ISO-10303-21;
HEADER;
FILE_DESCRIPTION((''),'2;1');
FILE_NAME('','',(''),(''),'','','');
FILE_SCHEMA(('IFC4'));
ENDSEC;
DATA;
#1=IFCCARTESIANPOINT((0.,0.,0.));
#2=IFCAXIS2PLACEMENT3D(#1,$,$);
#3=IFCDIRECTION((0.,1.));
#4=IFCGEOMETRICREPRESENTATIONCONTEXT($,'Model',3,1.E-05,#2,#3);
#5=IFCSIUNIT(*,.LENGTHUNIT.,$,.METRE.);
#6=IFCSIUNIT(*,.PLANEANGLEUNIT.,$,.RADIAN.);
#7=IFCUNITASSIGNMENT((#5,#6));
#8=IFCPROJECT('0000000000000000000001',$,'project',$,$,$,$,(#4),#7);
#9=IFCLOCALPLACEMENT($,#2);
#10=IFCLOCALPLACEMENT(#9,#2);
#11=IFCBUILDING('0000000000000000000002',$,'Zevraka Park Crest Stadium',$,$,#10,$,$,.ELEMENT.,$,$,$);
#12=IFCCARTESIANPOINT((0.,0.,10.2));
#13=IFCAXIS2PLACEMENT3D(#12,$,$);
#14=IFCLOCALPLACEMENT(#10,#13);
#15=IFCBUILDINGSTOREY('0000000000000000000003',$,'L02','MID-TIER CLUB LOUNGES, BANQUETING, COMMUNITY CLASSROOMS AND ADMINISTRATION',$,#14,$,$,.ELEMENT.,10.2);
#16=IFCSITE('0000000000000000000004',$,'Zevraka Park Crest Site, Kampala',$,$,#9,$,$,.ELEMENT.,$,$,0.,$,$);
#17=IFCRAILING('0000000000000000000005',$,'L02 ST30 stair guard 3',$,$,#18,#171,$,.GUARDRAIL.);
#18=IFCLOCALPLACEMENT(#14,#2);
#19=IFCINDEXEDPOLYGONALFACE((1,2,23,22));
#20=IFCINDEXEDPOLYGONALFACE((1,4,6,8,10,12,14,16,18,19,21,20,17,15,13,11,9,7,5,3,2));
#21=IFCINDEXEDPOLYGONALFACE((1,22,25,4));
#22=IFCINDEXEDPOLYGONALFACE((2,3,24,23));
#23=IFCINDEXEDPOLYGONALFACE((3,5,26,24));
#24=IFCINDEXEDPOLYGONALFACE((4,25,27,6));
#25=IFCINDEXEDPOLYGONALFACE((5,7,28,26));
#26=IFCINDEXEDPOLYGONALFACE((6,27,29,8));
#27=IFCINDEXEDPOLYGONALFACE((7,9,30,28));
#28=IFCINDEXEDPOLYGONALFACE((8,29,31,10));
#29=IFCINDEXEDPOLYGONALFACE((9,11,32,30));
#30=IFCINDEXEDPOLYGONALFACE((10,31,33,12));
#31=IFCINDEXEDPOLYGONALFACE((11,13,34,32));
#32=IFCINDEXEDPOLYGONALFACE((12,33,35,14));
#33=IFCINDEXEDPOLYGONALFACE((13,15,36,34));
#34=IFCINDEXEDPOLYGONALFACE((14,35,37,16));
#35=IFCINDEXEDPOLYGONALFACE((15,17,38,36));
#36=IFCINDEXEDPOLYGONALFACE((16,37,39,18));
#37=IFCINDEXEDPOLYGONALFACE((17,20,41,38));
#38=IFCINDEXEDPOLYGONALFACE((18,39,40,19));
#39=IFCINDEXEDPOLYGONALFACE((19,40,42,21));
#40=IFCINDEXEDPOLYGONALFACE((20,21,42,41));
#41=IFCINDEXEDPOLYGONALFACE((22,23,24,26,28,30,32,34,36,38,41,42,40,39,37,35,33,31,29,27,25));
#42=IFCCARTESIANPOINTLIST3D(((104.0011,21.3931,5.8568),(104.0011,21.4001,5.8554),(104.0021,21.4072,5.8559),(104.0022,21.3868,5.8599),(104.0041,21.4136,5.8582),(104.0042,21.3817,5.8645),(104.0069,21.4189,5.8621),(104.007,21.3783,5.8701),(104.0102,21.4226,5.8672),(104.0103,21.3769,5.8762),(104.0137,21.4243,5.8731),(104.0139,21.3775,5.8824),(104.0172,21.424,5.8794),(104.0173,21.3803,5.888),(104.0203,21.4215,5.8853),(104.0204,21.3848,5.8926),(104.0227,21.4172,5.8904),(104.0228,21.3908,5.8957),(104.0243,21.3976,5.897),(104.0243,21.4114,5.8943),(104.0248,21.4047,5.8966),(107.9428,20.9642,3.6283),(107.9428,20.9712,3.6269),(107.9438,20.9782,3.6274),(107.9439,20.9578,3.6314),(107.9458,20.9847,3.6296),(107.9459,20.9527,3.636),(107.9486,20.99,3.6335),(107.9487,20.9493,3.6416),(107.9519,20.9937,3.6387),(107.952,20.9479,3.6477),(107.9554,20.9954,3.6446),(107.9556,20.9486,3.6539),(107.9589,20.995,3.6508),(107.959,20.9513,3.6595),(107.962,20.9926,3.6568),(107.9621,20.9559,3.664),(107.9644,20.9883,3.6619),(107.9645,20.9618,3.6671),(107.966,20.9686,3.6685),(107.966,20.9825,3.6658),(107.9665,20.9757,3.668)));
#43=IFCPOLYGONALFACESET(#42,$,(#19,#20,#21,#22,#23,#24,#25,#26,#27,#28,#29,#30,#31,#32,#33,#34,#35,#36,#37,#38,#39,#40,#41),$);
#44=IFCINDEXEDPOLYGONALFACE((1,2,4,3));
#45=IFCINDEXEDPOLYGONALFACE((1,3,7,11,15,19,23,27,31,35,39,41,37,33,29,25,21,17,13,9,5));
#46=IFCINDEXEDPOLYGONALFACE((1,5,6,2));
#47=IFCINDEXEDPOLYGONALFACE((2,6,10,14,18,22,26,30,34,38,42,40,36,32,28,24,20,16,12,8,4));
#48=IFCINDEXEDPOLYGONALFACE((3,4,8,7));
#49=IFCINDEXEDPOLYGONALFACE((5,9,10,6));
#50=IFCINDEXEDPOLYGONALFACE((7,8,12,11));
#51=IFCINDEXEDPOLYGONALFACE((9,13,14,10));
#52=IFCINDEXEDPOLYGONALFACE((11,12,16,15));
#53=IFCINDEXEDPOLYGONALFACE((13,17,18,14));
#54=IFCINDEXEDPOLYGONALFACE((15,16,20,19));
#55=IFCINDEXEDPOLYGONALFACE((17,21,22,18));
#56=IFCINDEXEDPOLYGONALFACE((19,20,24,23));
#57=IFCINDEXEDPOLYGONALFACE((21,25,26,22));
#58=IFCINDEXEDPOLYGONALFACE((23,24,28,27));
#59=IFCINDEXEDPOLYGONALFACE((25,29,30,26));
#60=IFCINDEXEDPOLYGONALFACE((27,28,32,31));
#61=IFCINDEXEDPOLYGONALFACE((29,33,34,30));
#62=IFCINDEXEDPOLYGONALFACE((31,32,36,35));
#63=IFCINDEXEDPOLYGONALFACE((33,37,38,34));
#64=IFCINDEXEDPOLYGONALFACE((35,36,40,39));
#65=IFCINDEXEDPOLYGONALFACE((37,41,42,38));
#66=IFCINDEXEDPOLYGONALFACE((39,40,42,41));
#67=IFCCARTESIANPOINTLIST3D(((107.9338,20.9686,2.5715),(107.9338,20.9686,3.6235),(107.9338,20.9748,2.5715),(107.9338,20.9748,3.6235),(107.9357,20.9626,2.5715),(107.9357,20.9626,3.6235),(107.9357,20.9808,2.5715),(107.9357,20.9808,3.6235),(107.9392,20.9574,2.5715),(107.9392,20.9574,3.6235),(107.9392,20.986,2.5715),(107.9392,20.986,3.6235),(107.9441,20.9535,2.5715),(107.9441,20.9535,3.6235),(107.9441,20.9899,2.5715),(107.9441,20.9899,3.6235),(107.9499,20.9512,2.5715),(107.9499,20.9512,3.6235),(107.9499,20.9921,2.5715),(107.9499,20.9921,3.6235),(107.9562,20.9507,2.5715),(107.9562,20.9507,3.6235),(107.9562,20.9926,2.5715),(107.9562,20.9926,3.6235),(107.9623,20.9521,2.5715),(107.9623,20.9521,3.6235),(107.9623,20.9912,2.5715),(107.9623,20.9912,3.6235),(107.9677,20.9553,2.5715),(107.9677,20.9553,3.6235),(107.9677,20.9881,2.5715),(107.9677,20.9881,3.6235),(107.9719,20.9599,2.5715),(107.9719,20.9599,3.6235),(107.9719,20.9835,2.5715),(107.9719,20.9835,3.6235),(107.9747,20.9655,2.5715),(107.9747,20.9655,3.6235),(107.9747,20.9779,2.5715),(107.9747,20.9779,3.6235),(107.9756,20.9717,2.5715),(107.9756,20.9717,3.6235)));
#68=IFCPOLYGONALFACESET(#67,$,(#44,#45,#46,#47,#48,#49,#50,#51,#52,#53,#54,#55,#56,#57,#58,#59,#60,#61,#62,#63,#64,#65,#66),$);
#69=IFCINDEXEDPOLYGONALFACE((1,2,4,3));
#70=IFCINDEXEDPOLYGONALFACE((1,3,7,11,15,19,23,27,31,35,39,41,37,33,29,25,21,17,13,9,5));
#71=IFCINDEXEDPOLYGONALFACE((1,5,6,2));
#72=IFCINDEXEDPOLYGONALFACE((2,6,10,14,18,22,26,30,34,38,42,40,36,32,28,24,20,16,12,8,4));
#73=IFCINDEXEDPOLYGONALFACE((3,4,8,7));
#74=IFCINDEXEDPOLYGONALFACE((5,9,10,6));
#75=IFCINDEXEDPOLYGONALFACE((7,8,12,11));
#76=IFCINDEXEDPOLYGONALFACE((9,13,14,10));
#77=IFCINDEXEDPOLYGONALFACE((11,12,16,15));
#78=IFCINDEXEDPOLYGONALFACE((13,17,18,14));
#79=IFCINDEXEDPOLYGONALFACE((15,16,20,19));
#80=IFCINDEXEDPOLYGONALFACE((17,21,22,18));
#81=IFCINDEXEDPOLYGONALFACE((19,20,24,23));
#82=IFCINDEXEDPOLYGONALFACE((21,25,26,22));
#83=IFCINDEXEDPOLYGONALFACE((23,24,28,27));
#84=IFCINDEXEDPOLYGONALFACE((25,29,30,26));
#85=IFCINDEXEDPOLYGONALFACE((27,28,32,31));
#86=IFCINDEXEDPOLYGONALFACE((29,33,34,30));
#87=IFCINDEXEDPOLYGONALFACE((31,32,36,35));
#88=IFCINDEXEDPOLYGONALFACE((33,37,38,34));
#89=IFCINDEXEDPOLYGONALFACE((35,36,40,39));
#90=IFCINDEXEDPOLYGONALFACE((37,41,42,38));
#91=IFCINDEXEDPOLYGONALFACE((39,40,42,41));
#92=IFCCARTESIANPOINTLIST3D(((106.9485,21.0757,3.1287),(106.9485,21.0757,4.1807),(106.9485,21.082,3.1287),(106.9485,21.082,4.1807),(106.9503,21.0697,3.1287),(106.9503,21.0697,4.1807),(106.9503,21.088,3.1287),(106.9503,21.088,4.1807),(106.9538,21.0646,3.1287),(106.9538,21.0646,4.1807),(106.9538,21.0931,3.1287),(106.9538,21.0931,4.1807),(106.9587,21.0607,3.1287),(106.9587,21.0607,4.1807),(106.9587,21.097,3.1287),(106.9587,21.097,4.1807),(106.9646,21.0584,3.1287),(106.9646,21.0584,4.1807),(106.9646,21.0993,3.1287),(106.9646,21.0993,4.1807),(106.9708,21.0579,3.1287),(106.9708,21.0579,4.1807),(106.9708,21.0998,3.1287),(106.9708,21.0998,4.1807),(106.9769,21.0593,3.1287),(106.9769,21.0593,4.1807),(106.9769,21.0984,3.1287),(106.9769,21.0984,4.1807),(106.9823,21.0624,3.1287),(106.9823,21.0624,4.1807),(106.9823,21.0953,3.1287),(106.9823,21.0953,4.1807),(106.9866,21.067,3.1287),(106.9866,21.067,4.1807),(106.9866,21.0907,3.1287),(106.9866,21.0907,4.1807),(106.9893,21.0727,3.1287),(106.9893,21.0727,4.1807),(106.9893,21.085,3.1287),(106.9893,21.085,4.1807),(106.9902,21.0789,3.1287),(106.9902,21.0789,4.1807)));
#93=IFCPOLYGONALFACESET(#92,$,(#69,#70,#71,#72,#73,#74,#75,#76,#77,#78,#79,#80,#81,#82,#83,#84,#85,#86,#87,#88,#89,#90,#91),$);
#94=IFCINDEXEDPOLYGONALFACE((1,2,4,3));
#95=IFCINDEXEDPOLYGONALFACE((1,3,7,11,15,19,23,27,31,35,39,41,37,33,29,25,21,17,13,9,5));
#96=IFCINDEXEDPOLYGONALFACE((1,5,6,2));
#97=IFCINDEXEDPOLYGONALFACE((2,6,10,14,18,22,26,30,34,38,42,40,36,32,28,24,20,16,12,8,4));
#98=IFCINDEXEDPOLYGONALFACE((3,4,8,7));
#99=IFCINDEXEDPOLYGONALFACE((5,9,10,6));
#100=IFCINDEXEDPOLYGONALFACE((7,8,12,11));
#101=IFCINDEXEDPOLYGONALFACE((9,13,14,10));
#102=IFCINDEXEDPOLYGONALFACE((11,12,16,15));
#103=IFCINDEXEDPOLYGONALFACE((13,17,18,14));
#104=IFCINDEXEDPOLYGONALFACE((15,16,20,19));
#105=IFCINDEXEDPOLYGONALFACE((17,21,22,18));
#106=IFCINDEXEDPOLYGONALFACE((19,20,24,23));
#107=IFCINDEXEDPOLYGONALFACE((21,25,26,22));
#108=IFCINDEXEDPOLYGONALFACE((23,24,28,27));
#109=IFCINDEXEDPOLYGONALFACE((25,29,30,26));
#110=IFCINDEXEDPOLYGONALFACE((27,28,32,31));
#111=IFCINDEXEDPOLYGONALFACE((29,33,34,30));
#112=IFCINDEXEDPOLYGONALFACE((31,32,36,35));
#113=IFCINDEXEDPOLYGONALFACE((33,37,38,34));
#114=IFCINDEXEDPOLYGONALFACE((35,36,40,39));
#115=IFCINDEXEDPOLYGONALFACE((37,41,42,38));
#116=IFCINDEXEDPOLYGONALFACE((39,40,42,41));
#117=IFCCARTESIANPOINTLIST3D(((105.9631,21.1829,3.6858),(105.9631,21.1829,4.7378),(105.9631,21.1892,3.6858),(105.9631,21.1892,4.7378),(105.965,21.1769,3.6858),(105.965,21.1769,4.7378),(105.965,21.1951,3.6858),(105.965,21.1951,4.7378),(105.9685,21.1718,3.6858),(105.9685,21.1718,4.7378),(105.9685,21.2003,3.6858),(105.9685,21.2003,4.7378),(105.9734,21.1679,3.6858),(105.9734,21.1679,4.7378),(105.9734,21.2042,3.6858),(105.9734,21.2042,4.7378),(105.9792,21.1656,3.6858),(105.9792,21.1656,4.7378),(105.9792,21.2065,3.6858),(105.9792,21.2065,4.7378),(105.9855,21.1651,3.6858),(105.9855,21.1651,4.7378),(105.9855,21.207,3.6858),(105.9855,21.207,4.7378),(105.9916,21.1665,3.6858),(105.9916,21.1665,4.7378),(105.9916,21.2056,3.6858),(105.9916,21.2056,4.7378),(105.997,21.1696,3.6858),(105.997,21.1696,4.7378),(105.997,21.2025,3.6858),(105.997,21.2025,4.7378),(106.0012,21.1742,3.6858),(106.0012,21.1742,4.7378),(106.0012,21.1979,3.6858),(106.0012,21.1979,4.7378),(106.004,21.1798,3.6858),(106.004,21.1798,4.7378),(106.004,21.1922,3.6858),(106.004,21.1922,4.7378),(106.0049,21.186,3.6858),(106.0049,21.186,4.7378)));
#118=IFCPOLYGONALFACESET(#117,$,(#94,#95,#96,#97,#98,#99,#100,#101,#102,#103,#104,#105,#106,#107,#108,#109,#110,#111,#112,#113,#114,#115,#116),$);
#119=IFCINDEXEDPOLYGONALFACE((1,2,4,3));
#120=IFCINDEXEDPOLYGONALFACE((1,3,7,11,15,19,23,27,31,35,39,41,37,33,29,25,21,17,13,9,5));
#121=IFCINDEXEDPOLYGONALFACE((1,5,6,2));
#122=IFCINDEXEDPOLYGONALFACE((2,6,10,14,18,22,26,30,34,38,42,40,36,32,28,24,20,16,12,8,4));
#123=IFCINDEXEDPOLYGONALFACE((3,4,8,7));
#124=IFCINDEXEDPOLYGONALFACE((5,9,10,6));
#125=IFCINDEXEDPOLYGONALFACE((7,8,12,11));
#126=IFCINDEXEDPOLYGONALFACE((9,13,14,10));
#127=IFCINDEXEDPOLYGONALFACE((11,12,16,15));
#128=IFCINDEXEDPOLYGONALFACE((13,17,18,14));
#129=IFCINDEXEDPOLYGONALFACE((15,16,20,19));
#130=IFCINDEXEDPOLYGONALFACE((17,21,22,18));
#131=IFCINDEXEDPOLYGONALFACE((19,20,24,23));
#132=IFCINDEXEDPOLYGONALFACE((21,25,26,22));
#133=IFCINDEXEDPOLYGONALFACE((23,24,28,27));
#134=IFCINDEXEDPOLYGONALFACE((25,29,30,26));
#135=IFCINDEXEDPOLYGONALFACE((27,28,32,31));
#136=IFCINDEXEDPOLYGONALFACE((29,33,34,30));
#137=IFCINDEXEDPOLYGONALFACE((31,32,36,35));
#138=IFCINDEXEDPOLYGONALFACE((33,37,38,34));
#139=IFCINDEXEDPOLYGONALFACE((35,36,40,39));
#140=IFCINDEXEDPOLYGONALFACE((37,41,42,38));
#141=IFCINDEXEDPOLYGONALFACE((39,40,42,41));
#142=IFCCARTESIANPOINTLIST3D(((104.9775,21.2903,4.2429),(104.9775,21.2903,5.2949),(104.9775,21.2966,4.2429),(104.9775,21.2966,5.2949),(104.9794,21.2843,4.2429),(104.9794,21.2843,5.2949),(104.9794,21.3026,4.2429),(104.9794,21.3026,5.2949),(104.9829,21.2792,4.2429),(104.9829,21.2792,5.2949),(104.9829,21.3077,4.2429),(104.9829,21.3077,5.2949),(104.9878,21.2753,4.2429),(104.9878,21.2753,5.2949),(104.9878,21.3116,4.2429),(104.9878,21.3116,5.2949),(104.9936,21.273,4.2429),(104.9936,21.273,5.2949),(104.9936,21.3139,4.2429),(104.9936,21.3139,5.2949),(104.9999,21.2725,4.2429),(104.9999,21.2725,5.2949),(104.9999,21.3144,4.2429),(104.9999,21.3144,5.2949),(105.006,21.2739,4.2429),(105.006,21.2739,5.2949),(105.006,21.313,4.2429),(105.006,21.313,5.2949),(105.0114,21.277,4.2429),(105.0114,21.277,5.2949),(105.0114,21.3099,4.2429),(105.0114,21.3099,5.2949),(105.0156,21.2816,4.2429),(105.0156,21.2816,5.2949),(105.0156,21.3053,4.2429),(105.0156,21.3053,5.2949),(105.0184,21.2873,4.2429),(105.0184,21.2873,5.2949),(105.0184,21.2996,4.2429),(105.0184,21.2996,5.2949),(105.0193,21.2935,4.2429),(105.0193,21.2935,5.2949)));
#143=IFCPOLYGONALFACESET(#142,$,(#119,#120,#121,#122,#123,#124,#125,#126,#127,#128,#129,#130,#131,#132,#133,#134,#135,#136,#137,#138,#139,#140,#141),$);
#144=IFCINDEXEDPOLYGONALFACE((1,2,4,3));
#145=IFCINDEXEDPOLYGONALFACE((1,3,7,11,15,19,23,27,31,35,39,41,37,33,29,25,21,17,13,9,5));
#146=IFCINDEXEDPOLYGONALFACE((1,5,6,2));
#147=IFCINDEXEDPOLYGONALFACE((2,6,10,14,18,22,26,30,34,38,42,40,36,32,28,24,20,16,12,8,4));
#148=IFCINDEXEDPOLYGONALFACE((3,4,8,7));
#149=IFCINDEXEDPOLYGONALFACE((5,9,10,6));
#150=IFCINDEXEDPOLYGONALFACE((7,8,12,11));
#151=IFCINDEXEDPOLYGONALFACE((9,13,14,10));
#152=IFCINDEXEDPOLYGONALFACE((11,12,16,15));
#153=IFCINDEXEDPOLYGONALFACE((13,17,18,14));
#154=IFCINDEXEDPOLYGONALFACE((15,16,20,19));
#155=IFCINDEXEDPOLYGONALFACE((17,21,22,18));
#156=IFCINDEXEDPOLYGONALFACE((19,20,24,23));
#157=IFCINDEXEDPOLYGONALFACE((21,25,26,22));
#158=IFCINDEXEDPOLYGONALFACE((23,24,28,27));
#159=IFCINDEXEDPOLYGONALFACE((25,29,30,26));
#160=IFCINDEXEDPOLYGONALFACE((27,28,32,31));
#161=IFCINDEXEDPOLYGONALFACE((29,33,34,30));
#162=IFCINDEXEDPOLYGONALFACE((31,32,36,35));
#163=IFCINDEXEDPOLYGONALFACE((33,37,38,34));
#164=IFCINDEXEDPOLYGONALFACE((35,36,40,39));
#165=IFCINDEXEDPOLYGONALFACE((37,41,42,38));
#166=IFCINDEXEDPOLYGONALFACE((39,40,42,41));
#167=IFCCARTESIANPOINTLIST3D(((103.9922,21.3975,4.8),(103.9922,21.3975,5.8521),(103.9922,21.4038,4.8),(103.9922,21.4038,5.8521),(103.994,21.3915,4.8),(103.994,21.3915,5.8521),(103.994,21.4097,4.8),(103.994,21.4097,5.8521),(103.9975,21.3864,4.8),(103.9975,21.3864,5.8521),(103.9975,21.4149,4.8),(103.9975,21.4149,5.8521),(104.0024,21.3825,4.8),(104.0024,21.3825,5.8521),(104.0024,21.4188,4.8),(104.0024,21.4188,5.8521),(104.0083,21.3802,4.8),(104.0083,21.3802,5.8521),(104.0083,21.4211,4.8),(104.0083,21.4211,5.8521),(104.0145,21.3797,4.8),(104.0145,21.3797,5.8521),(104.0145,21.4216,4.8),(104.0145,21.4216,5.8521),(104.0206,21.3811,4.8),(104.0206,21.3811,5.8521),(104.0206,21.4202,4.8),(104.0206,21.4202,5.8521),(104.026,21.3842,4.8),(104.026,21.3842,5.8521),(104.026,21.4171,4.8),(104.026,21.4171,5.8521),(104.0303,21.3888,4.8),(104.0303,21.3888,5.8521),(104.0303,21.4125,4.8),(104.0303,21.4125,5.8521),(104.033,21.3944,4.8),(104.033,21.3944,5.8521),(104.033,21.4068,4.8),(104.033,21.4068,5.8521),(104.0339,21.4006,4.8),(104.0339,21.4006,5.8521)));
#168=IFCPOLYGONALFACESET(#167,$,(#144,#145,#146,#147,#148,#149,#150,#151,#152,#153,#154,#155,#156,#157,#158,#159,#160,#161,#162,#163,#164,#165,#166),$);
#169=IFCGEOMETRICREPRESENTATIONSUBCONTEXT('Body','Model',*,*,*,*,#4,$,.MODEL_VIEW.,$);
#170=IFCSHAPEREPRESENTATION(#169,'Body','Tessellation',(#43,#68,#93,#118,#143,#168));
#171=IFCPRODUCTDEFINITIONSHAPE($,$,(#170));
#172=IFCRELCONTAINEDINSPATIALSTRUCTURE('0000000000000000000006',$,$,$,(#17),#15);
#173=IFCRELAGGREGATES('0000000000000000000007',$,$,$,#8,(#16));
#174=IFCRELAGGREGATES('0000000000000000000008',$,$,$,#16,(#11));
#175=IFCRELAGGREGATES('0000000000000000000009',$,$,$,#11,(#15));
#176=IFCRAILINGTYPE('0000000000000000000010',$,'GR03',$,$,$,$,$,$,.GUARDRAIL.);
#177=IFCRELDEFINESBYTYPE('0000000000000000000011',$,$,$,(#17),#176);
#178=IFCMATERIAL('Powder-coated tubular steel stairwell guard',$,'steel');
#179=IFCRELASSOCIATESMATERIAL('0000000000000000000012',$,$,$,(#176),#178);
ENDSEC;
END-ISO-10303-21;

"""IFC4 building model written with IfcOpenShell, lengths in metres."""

from ifc_helpers import new_model, si_unit, direction, frame, origin, origin_2d, place, context, subcontext, project, spatial, circle, extrude, material, type_object, element, save


model = new_model("IFC4")

# Units and contexts
model_context = context("Model", 3, precision=1e-05, world=origin(), true_north=direction((0.0, 1.0)))
body_context = subcontext(model_context, "Body", "Model", "MODEL_VIEW")
ifc_project = project(units=[si_unit("LENGTHUNIT", "METRE"), si_unit("PLANEANGLEUNIT", "RADIAN")], contexts=[model_context])

# Site, building, storey
site_placement = place(None, origin())
site = spatial("IfcSite", under=ifc_project, at=site_placement, Name="Zevraka Park Crest Site, Kampala", CompositionType="ELEMENT", RefElevation=0.0)
building_placement = place(site_placement, origin())
building = spatial("IfcBuilding", under=site, at=building_placement, Name="Zevraka Park Crest Stadium", CompositionType="ELEMENT")
storey_placement = place(building_placement, frame((0.0, 0.0, 10.2)))
storey = spatial("IfcBuildingStorey", under=building, at=storey_placement, Name="L02", Description="MID-TIER CLUB LOUNGES, BANQUETING, COMMUNITY CLASSROOMS AND ADMINISTRATION", CompositionType="ELEMENT", Elevation=10.2)

# Railing
ifc_material_1 = material(Name="Powder-coated tubular steel stairwell guard", Category="steel")
railing_type_1 = type_object("IfcRailingType", Name="GR03", PredefinedType="GUARDRAIL", material=ifc_material_1)
railing_1_placement = place(storey_placement, frame((107.9546, 20.9717, 2.5715)))
element("IfcRailing", 1, at=railing_1_placement, inside=storey, type_object=railing_type_1, Name="L02 ST30 stair guard 3", PredefinedType="GUARDRAIL", context=body_context, shape_type="SweptSolid", body=[
    extrude(circle(Radius=0.0239, at=origin_2d()), frame((0.0, 0.0, 1.0762), z_axis=(-0.866624, 0.094311, 0.489968), x_axis=(-0.108188, -0.994131, 0.0)), (0.0, 0.0, 1.0), 4.5483),
    extrude(circle(Radius=0.021, at=origin_2d()), origin(), (0.0, 0.0, 1.0), 1.052),
    extrude(circle(Radius=0.021, at=origin_2d()), frame((-0.9854, 0.1072, 0.5571)), (0.0, 0.0, 1.0), 1.052),
    extrude(circle(Radius=0.021, at=origin_2d()), frame((-1.9707, 0.2144, 1.1143)), (0.0, 0.0, 1.0), 1.052),
    extrude(circle(Radius=0.021, at=origin_2d()), frame((-2.9563, 0.3218, 1.6714)), (0.0, 0.0, 1.0), 1.052),
    extrude(circle(Radius=0.021, at=origin_2d()), frame((-3.9417, 0.429, 2.2285)), (0.0, 0.0, 1.0), 1.052),
])

save(model, "model.ifc")
